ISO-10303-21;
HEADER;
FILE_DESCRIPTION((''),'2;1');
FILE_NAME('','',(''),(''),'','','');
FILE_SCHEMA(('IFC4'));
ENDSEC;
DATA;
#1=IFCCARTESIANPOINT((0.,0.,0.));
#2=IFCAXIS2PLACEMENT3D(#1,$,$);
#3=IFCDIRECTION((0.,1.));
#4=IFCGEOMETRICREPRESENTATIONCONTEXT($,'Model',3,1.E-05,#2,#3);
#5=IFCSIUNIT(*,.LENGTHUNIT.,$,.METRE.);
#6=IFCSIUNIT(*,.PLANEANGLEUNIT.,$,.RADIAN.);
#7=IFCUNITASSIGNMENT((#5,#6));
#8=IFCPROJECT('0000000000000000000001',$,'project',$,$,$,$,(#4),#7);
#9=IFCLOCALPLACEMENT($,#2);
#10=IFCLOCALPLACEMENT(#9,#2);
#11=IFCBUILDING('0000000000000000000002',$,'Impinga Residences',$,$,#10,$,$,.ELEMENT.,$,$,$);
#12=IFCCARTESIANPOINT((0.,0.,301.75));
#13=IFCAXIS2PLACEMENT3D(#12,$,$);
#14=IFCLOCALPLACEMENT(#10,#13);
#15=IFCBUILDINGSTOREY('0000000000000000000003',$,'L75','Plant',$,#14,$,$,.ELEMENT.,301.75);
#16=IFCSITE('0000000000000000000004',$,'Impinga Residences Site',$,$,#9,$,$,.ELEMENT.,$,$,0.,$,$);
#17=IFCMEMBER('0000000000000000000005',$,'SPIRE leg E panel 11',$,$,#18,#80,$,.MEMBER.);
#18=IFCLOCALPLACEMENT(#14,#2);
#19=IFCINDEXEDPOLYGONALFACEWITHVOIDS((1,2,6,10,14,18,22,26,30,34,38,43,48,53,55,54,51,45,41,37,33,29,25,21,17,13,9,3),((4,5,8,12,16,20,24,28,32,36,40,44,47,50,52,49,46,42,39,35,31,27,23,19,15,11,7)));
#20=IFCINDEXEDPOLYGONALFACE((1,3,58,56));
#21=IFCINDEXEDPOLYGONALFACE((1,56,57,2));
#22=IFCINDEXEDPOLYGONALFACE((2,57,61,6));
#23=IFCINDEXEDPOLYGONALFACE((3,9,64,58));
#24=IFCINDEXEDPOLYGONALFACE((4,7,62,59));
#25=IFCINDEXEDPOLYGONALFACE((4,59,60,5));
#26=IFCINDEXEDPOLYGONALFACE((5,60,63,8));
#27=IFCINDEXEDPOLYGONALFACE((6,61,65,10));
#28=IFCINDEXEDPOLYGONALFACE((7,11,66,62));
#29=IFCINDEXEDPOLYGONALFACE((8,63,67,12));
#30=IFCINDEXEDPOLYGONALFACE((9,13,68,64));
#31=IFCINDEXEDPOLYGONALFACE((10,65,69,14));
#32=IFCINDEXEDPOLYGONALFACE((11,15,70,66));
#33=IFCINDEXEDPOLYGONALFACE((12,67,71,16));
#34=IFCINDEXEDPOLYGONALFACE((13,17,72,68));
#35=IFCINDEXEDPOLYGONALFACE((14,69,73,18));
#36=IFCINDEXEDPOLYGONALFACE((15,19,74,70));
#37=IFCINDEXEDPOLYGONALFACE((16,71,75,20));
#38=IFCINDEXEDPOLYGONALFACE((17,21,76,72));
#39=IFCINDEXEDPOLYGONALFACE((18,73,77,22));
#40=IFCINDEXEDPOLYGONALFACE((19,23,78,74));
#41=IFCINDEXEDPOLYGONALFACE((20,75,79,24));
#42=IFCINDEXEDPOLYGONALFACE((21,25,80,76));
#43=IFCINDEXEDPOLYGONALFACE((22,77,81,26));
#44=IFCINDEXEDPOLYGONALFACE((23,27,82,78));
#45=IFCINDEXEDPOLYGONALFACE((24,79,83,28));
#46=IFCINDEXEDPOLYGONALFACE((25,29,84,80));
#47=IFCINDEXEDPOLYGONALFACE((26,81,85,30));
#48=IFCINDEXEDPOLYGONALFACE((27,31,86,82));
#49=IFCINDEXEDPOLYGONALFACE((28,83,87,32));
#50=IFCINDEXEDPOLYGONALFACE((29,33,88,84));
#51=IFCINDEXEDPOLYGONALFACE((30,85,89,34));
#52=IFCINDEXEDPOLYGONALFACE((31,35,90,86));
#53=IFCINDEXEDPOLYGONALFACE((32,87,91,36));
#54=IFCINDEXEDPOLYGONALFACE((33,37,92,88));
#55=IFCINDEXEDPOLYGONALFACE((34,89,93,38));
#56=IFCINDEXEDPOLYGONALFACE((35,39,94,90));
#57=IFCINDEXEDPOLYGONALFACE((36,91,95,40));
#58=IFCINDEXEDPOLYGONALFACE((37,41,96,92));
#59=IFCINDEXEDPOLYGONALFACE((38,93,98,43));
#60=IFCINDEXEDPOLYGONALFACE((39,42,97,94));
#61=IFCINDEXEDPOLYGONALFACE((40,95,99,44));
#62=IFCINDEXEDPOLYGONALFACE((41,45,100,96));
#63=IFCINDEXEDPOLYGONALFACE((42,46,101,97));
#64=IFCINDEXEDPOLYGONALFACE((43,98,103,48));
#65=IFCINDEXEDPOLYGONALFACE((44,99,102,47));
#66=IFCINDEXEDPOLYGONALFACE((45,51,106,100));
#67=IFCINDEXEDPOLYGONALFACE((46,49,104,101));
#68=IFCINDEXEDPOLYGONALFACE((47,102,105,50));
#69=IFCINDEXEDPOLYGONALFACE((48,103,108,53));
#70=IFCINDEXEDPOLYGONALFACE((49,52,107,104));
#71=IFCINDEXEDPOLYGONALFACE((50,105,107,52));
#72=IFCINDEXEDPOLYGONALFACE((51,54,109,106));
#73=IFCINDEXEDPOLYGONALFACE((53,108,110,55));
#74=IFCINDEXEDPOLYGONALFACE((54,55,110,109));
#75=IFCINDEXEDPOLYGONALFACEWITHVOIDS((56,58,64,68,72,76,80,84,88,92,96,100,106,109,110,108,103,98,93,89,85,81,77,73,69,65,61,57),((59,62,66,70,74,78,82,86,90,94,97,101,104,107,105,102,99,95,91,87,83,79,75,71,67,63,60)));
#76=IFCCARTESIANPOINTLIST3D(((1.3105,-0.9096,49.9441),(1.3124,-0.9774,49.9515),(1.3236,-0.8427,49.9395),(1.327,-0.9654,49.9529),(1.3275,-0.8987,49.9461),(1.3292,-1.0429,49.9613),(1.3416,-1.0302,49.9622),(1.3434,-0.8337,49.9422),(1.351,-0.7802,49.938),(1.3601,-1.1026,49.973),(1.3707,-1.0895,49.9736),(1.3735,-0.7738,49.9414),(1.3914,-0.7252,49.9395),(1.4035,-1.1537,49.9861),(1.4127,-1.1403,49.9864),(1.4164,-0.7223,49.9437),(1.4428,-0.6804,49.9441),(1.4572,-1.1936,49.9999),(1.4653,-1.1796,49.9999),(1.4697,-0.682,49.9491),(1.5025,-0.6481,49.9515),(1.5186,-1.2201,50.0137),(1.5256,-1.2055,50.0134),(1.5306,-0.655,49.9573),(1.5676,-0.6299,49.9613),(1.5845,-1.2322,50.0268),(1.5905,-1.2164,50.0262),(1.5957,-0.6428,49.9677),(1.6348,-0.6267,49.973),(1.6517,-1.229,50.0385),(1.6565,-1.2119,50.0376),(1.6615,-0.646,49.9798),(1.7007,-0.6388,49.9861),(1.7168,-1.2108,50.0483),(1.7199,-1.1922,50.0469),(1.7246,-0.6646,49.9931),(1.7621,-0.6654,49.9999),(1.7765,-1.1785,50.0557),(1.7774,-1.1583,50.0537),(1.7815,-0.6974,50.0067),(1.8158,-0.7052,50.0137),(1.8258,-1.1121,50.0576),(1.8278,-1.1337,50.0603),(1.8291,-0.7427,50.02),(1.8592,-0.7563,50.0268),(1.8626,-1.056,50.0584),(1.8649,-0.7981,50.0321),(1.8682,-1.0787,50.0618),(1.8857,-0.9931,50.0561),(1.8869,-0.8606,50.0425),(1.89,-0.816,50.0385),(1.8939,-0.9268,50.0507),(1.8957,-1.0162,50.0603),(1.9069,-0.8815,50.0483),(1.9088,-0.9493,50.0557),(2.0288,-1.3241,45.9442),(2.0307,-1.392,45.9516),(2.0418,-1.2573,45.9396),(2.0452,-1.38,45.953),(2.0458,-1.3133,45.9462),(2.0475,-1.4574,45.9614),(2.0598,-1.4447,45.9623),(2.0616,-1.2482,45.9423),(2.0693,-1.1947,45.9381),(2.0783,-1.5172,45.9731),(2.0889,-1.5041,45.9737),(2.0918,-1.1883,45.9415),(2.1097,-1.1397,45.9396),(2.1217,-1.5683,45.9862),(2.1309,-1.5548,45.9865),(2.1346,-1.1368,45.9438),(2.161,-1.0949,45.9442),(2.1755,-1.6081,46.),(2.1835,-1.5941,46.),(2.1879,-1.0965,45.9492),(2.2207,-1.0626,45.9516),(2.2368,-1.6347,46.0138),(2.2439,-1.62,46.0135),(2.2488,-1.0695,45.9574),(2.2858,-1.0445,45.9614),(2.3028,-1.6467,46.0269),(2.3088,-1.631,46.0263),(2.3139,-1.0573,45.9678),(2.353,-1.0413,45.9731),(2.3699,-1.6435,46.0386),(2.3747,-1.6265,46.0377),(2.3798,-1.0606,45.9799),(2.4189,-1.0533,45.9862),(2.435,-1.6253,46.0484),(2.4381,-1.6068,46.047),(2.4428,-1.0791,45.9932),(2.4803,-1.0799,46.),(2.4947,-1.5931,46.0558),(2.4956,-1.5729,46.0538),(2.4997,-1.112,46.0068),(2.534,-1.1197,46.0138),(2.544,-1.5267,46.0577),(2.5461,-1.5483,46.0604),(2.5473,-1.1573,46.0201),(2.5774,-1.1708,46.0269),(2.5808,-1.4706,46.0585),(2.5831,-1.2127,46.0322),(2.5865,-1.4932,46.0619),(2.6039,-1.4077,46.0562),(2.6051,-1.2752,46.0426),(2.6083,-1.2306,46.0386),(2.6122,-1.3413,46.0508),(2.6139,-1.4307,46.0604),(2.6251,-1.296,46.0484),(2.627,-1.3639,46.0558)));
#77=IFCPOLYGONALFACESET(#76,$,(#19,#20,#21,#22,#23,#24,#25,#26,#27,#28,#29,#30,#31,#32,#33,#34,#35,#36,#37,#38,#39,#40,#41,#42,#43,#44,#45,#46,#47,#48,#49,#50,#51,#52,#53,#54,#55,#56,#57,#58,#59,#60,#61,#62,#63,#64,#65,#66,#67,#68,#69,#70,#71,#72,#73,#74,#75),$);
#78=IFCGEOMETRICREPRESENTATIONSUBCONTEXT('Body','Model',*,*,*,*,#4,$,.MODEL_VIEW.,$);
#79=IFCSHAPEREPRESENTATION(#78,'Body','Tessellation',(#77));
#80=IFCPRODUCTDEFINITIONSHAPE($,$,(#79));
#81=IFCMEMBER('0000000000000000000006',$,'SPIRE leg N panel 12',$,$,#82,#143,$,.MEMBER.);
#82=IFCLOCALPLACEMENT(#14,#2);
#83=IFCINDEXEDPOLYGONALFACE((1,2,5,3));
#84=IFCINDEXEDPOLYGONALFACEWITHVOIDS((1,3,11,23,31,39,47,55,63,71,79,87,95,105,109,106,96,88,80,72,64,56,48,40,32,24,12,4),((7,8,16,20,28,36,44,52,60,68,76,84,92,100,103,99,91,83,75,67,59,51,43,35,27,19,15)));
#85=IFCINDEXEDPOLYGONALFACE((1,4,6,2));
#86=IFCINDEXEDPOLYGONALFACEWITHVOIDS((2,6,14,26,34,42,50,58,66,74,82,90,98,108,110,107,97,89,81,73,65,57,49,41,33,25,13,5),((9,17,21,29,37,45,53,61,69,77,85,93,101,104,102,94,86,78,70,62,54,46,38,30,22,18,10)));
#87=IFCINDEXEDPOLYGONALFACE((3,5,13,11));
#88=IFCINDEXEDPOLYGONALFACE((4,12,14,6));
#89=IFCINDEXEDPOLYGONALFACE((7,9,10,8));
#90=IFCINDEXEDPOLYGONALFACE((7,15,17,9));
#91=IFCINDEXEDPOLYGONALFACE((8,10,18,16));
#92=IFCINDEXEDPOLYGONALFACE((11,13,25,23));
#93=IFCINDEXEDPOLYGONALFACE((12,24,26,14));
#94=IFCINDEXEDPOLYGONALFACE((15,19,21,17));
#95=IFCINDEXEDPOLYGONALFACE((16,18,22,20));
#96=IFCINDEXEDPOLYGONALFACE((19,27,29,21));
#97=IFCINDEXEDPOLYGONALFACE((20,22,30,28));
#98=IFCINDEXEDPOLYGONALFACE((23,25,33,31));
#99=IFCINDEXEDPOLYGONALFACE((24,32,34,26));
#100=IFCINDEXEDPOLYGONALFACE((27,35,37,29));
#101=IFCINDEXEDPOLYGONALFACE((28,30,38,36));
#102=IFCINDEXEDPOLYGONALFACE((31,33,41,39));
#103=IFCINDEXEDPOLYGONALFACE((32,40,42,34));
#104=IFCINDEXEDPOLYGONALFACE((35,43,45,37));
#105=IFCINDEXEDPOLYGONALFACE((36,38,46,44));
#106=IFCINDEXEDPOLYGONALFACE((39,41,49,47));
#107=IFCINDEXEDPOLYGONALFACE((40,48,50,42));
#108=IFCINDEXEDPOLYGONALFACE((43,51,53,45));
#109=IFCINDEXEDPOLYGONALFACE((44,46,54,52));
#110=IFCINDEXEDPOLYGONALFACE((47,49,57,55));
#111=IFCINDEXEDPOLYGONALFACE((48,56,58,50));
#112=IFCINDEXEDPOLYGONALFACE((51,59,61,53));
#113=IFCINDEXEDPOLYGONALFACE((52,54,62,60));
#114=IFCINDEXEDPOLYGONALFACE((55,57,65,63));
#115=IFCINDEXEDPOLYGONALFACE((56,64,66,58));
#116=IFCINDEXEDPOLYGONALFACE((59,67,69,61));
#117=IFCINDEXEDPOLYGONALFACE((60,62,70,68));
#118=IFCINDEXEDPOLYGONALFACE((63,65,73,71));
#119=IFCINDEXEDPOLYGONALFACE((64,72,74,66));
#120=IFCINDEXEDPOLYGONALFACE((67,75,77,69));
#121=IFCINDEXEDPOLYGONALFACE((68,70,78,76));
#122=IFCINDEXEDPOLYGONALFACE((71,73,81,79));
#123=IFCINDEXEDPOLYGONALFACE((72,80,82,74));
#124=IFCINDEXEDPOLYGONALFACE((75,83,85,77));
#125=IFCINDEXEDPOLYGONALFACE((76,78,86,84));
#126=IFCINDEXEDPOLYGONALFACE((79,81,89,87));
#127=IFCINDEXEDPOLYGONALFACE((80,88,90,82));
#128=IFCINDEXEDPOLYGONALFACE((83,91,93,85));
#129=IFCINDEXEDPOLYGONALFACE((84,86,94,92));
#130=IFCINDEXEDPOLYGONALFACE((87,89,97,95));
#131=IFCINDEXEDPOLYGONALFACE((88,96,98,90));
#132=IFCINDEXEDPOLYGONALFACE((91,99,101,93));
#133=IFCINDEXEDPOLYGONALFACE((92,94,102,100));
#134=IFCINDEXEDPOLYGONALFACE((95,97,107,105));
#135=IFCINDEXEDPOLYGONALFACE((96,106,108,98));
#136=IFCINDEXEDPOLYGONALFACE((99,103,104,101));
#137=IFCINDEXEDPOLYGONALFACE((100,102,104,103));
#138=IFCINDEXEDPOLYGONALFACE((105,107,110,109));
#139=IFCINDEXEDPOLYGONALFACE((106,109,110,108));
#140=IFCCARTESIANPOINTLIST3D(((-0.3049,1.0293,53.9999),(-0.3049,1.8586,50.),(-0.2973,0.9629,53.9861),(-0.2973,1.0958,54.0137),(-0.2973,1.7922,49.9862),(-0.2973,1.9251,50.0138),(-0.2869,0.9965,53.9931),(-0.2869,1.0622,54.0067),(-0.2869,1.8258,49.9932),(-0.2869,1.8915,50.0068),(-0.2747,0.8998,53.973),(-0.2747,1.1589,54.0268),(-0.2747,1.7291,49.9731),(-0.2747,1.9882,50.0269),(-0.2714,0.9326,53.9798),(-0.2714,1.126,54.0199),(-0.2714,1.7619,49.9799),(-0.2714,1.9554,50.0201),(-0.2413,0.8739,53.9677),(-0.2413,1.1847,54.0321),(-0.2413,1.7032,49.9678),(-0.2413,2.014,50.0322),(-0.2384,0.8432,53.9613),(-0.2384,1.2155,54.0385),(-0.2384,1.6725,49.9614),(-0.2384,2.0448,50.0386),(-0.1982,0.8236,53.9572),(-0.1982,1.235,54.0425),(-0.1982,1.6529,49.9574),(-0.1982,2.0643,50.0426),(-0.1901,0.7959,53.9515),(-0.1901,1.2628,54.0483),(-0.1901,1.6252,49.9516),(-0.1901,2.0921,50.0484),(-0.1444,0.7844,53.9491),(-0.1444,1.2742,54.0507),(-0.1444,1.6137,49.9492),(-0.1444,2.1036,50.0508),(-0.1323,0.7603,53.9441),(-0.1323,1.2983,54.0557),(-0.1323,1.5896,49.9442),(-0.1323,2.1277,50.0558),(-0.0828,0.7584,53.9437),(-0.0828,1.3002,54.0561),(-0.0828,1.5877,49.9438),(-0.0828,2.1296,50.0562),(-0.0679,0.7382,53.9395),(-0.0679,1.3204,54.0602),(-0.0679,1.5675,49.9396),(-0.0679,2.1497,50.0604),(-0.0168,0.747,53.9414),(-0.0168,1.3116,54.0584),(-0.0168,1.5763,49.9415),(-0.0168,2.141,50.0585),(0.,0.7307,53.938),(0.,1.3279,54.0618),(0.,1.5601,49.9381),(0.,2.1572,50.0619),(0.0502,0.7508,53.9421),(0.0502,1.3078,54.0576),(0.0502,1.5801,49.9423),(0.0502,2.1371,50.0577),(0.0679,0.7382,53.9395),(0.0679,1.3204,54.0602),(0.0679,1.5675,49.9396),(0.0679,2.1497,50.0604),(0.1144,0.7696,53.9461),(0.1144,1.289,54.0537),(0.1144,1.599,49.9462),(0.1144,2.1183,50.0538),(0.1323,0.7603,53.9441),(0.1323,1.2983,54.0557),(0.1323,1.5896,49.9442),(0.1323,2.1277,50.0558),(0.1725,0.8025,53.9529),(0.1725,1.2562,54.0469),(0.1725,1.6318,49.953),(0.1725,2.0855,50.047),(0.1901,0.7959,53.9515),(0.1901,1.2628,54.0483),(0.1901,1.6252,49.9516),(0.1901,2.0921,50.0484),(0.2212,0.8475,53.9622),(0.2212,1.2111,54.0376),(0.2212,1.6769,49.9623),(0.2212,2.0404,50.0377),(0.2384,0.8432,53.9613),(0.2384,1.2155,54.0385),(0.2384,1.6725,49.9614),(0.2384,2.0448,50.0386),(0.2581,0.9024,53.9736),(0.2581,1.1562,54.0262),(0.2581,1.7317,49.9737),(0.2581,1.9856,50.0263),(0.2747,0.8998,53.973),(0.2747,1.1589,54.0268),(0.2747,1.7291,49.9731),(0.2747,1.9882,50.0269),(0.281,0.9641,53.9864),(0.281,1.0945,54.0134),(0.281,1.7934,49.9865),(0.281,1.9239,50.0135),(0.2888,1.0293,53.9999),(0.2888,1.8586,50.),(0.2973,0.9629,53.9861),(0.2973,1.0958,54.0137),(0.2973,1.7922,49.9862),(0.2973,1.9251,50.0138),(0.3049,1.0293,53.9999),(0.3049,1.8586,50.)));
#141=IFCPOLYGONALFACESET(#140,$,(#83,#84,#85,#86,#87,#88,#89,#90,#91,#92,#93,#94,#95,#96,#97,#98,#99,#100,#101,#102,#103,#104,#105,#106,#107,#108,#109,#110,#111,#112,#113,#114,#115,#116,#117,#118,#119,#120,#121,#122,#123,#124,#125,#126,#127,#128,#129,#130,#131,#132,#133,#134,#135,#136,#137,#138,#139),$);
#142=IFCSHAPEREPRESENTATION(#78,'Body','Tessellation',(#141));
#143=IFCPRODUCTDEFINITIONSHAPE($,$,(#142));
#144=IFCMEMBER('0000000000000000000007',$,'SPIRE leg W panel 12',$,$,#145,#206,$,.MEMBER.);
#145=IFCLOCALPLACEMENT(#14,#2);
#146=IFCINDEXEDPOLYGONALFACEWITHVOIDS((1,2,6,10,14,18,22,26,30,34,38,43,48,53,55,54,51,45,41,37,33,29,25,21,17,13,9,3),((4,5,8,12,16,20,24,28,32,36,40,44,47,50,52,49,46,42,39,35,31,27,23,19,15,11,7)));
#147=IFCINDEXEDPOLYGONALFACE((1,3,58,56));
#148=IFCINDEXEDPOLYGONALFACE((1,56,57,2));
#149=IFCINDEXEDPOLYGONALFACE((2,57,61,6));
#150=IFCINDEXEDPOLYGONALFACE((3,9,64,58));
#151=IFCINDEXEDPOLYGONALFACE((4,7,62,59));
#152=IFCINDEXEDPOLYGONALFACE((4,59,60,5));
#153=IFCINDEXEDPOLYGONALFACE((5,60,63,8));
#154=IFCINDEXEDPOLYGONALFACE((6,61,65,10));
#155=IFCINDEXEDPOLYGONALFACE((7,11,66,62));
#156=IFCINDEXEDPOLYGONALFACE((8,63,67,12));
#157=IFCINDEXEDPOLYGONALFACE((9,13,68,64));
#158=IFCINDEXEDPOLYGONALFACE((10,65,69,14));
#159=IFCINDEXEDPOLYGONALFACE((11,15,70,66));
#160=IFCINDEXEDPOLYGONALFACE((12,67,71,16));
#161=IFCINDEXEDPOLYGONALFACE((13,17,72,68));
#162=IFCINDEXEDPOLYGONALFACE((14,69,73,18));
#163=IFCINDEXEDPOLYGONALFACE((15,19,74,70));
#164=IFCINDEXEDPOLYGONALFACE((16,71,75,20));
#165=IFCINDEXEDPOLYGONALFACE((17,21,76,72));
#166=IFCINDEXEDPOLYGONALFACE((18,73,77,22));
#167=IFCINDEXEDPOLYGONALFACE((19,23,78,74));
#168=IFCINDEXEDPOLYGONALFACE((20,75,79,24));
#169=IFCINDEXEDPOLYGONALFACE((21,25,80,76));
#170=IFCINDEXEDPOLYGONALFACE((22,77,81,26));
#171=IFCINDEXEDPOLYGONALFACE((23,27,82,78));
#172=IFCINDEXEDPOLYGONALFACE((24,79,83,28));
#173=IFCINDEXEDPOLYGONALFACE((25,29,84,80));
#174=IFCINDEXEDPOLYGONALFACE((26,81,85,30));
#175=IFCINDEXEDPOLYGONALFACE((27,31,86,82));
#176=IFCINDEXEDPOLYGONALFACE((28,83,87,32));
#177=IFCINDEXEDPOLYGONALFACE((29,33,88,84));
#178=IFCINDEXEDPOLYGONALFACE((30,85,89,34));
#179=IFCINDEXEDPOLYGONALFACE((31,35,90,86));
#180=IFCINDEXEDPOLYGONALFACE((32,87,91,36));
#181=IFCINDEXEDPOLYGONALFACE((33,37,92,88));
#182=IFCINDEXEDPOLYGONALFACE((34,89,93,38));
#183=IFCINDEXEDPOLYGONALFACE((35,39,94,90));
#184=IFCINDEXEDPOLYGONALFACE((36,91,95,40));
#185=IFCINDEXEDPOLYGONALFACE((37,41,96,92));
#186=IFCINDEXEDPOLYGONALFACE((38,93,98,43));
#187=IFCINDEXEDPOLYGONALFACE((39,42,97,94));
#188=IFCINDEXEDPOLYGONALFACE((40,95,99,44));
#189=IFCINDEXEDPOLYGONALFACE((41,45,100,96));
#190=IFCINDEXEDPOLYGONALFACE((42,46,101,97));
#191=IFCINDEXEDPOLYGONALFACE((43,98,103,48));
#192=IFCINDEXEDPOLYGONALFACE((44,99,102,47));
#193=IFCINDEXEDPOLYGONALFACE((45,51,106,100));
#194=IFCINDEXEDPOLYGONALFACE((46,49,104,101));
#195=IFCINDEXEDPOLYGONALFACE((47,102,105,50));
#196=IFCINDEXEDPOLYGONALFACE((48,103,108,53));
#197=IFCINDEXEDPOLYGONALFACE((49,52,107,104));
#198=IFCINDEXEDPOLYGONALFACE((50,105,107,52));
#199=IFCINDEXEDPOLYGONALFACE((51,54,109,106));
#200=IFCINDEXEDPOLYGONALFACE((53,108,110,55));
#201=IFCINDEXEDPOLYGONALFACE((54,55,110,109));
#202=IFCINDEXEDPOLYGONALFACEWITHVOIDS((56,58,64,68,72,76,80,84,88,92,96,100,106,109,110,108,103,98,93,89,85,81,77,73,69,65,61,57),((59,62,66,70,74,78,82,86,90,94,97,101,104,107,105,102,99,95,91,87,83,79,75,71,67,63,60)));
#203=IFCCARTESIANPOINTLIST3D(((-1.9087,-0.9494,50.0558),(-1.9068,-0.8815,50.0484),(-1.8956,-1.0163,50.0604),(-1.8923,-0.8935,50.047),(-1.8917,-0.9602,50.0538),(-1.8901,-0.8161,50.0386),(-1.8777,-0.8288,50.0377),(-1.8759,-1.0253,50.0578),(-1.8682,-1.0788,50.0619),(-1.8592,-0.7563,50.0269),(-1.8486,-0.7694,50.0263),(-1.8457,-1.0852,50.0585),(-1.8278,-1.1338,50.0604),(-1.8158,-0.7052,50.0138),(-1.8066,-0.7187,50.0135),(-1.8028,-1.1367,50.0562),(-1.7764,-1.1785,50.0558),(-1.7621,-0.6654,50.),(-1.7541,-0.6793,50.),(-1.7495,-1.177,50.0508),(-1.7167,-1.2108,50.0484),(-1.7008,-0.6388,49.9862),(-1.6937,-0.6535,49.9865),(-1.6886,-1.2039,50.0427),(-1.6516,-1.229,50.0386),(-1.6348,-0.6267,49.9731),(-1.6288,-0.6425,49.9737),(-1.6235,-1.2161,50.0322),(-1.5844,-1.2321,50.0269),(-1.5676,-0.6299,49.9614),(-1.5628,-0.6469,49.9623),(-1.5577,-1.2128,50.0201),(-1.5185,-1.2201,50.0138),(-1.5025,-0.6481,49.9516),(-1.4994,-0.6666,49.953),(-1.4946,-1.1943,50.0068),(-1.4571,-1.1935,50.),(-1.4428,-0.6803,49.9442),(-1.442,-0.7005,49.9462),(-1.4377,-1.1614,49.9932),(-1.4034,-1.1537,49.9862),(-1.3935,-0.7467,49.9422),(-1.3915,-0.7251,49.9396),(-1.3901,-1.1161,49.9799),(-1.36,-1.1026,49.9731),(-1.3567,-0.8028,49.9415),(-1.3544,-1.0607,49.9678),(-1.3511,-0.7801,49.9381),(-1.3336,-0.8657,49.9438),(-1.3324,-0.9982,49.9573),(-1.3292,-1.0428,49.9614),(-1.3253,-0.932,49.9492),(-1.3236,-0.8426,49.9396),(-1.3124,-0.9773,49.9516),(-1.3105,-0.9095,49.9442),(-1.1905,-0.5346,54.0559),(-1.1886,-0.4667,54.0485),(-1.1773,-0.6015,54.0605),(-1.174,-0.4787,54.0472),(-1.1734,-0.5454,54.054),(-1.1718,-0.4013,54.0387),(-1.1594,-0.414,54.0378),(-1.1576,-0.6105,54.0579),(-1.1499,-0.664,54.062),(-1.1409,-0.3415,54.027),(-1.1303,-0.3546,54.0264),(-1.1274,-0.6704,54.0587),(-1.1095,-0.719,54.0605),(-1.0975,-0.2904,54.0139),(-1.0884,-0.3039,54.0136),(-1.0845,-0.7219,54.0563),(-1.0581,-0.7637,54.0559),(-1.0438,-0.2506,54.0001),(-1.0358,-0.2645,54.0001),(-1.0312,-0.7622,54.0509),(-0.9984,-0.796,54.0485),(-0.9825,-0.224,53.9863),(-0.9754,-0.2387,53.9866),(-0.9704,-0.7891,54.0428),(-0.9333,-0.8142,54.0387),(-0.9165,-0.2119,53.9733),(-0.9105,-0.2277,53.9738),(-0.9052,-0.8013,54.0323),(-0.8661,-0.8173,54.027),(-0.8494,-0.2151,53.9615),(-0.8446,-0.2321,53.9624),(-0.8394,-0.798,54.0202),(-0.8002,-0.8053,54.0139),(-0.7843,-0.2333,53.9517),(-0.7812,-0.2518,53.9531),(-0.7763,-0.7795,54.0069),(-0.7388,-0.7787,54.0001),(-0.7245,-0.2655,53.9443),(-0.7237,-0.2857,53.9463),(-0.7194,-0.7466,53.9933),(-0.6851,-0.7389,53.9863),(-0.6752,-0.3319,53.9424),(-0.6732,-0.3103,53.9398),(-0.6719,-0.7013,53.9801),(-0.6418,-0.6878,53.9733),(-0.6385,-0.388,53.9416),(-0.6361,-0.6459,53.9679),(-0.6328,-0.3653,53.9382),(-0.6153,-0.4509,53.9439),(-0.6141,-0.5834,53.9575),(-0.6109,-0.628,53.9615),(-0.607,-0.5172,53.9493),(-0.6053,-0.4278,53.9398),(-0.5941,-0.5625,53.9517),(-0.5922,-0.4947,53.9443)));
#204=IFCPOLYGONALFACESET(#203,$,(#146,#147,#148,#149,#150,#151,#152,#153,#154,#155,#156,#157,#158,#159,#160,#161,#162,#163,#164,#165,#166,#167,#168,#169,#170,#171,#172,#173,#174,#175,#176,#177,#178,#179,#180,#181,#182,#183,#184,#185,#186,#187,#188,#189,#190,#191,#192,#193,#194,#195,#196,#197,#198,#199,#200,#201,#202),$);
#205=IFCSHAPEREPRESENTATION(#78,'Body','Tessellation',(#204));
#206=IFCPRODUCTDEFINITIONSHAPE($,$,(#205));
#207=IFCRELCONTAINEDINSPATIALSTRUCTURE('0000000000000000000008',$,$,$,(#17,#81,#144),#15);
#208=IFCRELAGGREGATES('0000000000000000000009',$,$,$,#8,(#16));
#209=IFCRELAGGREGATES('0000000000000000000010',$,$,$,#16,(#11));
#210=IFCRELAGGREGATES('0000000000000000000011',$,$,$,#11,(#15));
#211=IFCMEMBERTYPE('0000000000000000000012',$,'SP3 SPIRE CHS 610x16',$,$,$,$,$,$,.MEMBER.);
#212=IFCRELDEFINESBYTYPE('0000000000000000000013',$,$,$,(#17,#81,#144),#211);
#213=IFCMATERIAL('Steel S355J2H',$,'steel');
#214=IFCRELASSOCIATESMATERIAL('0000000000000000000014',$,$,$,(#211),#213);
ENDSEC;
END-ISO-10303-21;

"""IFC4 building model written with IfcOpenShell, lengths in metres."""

from ifc_helpers import new_model, si_unit, direction, frame, origin, origin_2d, place, context, subcontext, project, spatial, hollow_circle, extrude, material, material_profile, profile_set, type_object, element, save


model = new_model("IFC4")

# Units and contexts
model_context = context("Model", 3, precision=1e-05, world=origin(), true_north=direction((0.0, 1.0)))
body_context = subcontext(model_context, "Body", "Model", "MODEL_VIEW")
ifc_project = project(units=[si_unit("LENGTHUNIT", "METRE"), si_unit("PLANEANGLEUNIT", "RADIAN")], contexts=[model_context])

# Site, building, storey
site_placement = place(None, origin())
site = spatial("IfcSite", under=ifc_project, at=site_placement, Name="Impinga Residences Site", CompositionType="ELEMENT", RefElevation=0.0)
building_placement = place(site_placement, origin())
building = spatial("IfcBuilding", under=site, at=building_placement, Name="Impinga Residences", CompositionType="ELEMENT")
storey_placement = place(building_placement, frame((0.0, 0.0, 301.75)))
storey = spatial("IfcBuildingStorey", under=building, at=storey_placement, Name="L75", Description="Plant", CompositionType="ELEMENT", Elevation=301.75)

# Members
ifc_material = material(Name="Steel S355J2H", Category="steel")
ifc_material_profile_1 = material_profile(ifc_material, hollow_circle(Radius=0.3049, WallThickness=0.0161, at=origin_2d()), Name="CHS 610x16")
ifc_profile_set_1 = profile_set([ifc_material_profile_1], Name="Steel S355J2H")
member_type_1 = type_object("IfcMemberType", Name="SP3 SPIRE CHS 610x16", PredefinedType="MEMBER", material=ifc_profile_set_1)
for number, where, z_axis, x_axis, name in (
    (1, (2.3279, -1.344, 46.0), (-0.175826, 0.10148, 0.979177), (-0.499875, -0.866097, 0.0), "SPIRE leg E panel 11"),
    (2, (0.0, 1.8586, 50.0), (0.0, -0.203019, 0.979175), (1.0, 0.0, 0.0), "SPIRE leg N panel 12"),
):
    element("IfcMember", number, at=place(storey_placement, frame(where, z_axis=z_axis, x_axis=x_axis)), inside=storey, type_object=member_type_1, Name=name, PredefinedType="MEMBER", context=body_context, shape_type="SweptSolid", body=[
        extrude(hollow_circle(Radius=0.3049, WallThickness=0.0161, at=origin_2d()), origin(), (0.0, 0.0, 1.0), 4.085),
    ])
for number, where, z_axis, x_axis, name in (
    (3, (-1.6096, -0.9294, 50.0), (0.175825, 0.101539, 0.979171), (-0.500096, 0.86597, 0.0), "SPIRE leg W panel 12"),
):
    element("IfcMember", number, at=place(storey_placement, frame(where, z_axis=z_axis, x_axis=x_axis)), inside=storey, type_object=member_type_1, Name=name, PredefinedType="MEMBER", context=body_context, shape_type="SweptSolid", body=[
        extrude(hollow_circle(Radius=0.3049, WallThickness=0.0161, at=origin_2d()), origin(), (0.0, 0.0, 1.0), 4.0852),
    ])

save(model, "model.ifc")
